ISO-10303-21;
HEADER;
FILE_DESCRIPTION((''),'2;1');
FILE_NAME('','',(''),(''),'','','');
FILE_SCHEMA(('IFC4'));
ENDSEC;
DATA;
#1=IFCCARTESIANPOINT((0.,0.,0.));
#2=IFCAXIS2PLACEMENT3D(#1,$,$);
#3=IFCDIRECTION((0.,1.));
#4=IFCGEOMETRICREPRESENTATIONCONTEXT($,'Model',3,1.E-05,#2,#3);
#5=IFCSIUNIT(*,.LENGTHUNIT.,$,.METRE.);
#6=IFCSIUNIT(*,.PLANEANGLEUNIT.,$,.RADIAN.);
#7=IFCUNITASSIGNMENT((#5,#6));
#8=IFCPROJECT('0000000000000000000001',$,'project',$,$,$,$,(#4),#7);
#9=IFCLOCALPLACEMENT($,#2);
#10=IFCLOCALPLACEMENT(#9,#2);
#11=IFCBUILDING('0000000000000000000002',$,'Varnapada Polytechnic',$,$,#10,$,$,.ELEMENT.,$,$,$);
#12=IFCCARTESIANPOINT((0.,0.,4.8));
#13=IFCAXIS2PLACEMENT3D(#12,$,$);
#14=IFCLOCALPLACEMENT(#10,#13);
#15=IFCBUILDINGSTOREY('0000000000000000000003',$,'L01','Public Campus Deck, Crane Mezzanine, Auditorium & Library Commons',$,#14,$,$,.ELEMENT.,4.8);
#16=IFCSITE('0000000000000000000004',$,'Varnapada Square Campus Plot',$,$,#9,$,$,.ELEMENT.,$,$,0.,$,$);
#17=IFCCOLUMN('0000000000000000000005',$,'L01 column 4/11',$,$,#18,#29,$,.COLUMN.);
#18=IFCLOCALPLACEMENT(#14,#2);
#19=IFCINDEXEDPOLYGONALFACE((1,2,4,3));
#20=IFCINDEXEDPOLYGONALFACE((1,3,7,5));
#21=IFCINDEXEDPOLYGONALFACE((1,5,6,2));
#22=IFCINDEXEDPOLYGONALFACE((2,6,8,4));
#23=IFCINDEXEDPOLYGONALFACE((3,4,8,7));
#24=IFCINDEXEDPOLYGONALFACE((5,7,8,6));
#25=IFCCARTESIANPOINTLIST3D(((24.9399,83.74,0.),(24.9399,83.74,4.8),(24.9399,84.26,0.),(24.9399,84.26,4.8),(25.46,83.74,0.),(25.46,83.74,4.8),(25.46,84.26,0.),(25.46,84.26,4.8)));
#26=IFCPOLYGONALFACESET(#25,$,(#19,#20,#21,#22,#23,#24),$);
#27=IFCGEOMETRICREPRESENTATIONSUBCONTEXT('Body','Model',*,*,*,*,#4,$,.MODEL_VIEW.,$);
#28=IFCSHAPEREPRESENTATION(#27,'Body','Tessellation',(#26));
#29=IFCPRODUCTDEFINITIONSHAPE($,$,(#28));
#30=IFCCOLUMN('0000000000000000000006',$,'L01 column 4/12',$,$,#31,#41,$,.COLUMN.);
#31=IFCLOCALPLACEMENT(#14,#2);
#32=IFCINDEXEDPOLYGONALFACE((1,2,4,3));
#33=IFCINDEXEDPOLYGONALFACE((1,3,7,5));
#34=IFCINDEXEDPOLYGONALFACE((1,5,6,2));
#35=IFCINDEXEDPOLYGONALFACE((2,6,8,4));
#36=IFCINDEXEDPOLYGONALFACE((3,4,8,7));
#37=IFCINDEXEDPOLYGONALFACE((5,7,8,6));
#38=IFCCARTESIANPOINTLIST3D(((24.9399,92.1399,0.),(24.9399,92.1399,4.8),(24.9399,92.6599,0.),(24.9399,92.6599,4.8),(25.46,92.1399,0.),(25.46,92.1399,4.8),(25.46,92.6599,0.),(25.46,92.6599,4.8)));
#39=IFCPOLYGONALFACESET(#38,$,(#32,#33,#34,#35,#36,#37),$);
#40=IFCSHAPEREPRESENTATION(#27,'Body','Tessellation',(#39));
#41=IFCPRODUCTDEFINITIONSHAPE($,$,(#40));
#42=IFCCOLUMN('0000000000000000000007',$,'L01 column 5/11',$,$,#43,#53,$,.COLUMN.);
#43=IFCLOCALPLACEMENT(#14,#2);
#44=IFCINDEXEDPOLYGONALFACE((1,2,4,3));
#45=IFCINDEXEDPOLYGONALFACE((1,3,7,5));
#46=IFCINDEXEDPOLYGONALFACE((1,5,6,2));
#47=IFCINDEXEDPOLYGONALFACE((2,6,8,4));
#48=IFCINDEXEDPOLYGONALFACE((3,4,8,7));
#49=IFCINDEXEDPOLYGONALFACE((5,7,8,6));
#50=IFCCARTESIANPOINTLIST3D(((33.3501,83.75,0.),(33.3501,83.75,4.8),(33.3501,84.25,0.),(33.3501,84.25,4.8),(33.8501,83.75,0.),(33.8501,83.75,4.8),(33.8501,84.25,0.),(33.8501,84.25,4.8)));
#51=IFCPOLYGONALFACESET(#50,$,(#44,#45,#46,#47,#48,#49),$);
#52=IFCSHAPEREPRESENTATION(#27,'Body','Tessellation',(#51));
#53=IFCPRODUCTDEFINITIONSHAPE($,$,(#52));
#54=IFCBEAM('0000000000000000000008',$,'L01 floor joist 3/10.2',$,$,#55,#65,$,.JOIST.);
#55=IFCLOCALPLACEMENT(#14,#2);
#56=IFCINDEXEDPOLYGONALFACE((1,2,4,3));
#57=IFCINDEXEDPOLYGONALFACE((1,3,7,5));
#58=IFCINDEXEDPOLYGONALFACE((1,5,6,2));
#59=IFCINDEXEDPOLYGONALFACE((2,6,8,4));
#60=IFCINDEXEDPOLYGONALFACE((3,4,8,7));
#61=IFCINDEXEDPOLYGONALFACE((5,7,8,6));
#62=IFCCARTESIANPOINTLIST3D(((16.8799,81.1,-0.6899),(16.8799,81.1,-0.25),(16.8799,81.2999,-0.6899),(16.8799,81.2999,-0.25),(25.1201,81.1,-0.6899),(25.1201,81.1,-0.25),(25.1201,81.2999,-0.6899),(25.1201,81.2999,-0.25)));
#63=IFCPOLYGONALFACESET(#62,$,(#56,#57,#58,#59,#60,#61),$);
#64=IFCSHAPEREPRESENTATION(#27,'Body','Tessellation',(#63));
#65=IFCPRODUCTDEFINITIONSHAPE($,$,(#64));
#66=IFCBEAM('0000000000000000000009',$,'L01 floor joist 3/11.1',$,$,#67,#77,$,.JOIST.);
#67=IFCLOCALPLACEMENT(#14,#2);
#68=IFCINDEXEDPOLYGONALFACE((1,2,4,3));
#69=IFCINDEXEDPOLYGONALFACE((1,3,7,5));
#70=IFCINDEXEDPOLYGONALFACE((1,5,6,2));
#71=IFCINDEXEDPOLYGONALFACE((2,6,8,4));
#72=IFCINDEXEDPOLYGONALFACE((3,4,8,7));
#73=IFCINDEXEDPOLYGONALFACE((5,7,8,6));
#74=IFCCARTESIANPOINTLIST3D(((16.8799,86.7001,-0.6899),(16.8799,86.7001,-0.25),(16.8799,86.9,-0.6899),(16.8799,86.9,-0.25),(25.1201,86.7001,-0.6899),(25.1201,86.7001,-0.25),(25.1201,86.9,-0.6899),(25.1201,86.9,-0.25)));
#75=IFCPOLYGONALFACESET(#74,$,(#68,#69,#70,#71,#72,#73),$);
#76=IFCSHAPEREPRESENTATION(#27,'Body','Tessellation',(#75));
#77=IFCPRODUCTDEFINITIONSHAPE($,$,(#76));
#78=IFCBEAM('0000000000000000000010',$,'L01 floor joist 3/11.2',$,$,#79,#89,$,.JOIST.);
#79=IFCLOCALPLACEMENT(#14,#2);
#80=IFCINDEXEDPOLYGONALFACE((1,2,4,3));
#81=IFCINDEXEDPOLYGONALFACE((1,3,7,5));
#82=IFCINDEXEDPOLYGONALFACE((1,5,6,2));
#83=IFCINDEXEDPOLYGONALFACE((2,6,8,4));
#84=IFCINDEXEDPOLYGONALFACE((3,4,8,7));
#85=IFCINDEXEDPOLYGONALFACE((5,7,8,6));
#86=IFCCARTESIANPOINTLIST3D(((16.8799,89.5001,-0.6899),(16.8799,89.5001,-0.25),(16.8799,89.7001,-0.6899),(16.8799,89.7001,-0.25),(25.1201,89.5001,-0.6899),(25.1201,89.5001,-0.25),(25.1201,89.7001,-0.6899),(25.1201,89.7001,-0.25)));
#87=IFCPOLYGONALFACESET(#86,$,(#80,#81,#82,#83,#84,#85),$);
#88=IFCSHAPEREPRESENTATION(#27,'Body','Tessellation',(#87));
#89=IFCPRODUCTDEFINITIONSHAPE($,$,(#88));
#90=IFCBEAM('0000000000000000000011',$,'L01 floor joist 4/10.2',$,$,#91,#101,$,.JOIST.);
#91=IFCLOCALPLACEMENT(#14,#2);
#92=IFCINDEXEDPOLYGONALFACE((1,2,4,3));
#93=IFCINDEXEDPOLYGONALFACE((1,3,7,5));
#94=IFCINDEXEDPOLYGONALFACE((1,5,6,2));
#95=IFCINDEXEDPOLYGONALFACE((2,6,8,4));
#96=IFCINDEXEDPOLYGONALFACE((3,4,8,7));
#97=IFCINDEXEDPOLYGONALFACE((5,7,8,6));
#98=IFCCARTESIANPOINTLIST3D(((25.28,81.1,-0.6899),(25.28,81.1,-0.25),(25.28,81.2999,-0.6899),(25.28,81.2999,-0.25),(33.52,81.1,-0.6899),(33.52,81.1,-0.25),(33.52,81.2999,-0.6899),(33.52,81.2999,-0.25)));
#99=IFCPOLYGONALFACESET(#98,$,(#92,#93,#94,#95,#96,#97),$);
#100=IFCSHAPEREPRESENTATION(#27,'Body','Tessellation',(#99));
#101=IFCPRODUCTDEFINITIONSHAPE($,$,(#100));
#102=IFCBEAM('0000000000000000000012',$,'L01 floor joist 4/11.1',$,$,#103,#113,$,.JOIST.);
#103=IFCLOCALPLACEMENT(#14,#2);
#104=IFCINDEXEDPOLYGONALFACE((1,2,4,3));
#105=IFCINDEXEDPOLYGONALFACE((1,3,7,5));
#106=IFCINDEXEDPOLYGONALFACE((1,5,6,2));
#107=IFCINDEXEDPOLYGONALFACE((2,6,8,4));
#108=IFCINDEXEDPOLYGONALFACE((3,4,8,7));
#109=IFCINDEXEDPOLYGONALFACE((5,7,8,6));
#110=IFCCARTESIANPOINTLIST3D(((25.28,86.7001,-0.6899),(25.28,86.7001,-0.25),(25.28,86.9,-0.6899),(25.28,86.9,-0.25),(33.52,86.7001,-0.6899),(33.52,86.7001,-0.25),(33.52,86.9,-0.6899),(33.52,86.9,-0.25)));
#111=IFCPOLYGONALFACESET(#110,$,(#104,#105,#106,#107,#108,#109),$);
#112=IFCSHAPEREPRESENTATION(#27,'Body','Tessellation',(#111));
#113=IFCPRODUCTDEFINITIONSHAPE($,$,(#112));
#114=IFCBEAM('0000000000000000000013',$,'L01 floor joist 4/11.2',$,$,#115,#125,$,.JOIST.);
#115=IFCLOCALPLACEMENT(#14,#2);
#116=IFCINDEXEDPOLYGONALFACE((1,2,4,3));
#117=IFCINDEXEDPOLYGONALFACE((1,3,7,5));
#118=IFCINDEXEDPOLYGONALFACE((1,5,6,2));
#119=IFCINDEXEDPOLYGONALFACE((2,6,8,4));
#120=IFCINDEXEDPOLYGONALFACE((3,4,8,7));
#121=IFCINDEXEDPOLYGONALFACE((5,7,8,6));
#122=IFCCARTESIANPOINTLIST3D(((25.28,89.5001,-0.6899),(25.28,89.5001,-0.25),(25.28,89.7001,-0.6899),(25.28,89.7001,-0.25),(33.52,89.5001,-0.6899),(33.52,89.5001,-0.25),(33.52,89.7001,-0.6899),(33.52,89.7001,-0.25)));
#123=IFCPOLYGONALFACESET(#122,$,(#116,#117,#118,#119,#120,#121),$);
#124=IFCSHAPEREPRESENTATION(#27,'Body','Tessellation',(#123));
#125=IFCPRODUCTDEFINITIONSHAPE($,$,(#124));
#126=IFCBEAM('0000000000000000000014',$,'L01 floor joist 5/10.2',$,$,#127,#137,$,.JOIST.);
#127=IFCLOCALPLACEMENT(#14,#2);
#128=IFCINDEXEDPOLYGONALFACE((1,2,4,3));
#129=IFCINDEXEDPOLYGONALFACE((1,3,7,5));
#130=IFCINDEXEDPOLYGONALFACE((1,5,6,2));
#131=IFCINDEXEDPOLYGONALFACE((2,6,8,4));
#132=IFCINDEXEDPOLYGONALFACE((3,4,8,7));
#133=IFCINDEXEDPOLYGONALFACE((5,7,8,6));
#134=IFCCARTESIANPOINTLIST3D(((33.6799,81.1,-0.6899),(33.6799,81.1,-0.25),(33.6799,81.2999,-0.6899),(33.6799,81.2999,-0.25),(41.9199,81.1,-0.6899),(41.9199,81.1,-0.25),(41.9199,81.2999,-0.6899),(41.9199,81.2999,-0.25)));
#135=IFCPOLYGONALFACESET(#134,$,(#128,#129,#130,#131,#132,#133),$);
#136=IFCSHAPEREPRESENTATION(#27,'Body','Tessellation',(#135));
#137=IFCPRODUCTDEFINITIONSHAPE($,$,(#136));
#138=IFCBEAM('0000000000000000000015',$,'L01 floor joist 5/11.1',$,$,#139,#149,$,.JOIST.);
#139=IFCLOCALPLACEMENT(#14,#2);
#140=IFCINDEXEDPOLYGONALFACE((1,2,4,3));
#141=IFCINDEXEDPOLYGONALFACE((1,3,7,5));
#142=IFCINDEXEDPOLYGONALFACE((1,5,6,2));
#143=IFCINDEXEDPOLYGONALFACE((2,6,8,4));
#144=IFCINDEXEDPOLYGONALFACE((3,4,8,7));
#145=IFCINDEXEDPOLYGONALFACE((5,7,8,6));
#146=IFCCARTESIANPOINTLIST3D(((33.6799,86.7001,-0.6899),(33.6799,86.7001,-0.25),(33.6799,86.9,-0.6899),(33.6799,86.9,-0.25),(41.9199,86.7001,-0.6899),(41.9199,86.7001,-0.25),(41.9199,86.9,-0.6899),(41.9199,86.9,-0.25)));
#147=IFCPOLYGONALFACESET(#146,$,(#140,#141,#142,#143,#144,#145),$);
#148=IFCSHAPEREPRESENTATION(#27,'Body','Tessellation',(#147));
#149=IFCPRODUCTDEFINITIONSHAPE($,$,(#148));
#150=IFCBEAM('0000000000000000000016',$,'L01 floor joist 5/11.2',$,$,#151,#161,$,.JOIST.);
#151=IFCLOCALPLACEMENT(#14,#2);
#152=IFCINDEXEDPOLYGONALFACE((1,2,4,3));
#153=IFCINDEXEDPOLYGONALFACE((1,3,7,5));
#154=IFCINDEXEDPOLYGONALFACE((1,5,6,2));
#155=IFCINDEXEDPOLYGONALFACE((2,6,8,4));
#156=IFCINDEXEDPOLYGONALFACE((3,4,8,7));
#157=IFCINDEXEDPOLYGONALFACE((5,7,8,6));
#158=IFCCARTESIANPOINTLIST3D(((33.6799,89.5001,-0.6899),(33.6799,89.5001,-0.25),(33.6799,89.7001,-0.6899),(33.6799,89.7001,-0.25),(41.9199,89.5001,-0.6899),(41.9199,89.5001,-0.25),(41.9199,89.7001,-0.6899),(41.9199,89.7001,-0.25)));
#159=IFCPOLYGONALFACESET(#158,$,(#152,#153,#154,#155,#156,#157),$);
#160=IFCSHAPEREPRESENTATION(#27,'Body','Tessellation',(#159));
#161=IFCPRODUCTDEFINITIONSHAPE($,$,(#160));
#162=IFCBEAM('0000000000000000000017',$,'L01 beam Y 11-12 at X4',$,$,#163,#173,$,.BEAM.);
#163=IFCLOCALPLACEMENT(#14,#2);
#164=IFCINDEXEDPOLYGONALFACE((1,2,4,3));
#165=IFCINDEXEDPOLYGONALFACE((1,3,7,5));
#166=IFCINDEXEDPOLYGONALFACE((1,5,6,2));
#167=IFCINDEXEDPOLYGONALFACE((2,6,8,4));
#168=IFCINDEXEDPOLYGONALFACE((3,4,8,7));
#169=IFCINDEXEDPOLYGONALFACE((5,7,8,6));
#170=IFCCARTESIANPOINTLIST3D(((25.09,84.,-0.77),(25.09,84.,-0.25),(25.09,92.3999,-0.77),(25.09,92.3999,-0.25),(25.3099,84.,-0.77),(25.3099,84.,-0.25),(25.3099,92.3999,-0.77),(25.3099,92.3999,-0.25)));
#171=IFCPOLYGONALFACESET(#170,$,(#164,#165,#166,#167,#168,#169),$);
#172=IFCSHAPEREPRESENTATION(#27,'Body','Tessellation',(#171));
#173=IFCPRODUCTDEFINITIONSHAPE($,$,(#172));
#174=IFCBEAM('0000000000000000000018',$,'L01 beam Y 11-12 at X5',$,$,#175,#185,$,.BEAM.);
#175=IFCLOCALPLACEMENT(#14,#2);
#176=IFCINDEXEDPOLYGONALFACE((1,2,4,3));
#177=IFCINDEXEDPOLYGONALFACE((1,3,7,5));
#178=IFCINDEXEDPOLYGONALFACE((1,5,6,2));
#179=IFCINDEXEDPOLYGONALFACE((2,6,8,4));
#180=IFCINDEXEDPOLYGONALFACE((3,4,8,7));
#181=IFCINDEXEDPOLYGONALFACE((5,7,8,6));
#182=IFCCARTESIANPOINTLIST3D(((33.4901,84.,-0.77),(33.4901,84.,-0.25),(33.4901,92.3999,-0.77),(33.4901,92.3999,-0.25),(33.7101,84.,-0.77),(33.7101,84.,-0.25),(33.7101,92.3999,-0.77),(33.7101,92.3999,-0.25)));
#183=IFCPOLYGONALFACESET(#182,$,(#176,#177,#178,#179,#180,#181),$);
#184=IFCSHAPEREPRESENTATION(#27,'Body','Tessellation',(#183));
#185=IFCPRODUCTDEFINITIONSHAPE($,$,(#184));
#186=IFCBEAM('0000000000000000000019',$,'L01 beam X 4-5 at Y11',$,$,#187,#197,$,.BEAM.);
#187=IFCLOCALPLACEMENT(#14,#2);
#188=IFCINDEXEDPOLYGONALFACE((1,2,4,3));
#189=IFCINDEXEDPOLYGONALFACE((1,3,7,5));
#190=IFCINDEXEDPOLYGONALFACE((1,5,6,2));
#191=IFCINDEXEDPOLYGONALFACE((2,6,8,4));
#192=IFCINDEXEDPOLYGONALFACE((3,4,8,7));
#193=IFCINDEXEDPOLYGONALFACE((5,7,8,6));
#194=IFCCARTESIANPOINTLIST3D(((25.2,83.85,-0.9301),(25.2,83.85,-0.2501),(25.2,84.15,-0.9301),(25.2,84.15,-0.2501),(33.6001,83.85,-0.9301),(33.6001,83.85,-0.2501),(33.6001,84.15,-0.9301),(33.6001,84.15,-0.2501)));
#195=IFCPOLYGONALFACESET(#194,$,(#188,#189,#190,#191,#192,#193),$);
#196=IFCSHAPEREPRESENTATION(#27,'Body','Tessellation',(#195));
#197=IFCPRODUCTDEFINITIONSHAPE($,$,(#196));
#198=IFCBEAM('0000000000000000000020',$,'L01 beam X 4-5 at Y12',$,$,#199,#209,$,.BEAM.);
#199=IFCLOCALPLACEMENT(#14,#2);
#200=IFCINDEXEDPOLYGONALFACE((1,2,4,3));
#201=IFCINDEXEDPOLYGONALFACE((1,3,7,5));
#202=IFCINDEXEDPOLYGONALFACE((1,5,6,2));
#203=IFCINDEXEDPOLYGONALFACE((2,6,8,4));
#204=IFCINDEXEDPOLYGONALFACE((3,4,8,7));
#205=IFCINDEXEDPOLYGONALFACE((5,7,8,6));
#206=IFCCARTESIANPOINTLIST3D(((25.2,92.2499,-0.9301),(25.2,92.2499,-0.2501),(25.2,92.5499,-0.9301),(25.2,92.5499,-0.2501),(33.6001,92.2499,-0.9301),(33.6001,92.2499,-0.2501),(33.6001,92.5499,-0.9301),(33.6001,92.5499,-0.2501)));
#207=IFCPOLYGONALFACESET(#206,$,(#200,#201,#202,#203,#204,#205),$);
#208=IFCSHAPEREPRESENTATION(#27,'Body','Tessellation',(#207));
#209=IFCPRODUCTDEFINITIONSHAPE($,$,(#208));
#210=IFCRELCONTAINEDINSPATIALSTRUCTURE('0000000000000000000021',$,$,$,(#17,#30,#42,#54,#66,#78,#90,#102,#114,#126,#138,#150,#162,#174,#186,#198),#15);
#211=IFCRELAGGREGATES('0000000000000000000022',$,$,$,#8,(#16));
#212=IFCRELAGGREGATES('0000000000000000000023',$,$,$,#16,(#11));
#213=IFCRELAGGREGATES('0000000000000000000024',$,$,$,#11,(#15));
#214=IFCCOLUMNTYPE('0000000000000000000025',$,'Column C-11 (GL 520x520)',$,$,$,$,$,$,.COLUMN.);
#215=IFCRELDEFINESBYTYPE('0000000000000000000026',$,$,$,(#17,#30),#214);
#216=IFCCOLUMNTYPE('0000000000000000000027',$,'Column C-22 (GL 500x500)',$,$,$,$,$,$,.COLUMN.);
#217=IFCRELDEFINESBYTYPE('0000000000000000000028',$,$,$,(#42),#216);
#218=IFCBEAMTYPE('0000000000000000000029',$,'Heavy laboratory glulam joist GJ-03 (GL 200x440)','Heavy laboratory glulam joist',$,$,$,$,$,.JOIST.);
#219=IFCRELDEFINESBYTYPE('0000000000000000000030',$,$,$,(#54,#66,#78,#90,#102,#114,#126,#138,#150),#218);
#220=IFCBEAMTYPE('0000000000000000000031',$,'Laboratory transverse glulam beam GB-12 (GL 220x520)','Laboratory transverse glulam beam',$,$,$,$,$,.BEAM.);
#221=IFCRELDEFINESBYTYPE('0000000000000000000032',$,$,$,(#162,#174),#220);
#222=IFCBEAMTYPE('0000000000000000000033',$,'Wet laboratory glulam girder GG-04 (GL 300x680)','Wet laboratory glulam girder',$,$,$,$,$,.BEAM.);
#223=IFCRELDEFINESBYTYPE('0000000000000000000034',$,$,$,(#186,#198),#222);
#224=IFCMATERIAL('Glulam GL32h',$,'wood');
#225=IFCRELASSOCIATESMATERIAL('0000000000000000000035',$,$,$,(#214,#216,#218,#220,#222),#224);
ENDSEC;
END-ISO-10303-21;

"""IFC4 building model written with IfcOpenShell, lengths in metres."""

from ifc_helpers import new_model, si_unit, direction, frame, origin, origin_2d, place, context, subcontext, project, spatial, rectangle, extrude, material, material_profile, profile_set, type_object, element, save


model = new_model("IFC4")

# Units and contexts
model_context = context("Model", 3, precision=1e-05, world=origin(), true_north=direction((0.0, 1.0)))
body_context = subcontext(model_context, "Body", "Model", "MODEL_VIEW")
ifc_project = project(units=[si_unit("LENGTHUNIT", "METRE"), si_unit("PLANEANGLEUNIT", "RADIAN")], contexts=[model_context])

# Site, building, storey
site_placement = place(None, origin())
site = spatial("IfcSite", under=ifc_project, at=site_placement, Name="Varnapada Square Campus Plot", CompositionType="ELEMENT", RefElevation=0.0)
building_placement = place(site_placement, origin())
building = spatial("IfcBuilding", under=site, at=building_placement, Name="Varnapada Polytechnic", CompositionType="ELEMENT")
storey_placement = place(building_placement, frame((0.0, 0.0, 4.8)))
storey = spatial("IfcBuildingStorey", under=building, at=storey_placement, Name="L01", Description="Public Campus Deck, Crane Mezzanine, Auditorium & Library Commons", CompositionType="ELEMENT", Elevation=4.8)

# Columns
ifc_material_1 = material(Name="Glulam GL32h", Category="wood")
ifc_material_profile_1 = material_profile(ifc_material_1, rectangle(XDim=0.52, YDim=0.52, at=origin_2d()), Name="GL 520x520")
ifc_profile_set_1 = profile_set([ifc_material_profile_1], Name="Glulam GL32h")
column_type_1 = type_object("IfcColumnType", Name="Column C-11 (GL 520x520)", PredefinedType="COLUMN", material=ifc_profile_set_1)
for number, where, z_axis, x_axis, name in (
    (1, (25.2, 84.0, 0.0), (0.0, 0.0, 1.0), (1.0, 0.0, 0.0), "L01 column 4/11"),
    (2, (25.2, 92.3999, 0.0), (0.0, 0.0, 1.0), (1.0, 0.0, 0.0), "L01 column 4/12"),
):
    element("IfcColumn", number, at=place(storey_placement, frame(where, z_axis=z_axis, x_axis=x_axis)), inside=storey, type_object=column_type_1, Name=name, PredefinedType="COLUMN", context=body_context, shape_type="SweptSolid", body=[
        extrude(rectangle(XDim=0.52, YDim=0.52, at=origin_2d()), origin(), (0.0, 0.0, 1.0), 4.8),
    ])
ifc_material_profile_2 = material_profile(ifc_material_1, rectangle(XDim=0.5, YDim=0.5, at=origin_2d()), Name="GL 500x500")
ifc_profile_set_2 = profile_set([ifc_material_profile_2], Name="Glulam GL32h")
column_type_2 = type_object("IfcColumnType", Name="Column C-22 (GL 500x500)", PredefinedType="COLUMN", material=ifc_profile_set_2)
column_placement = place(storey_placement, frame((33.6001, 84.0, 0.0), z_axis=(0.0, 0.0, 1.0), x_axis=(1.0, 0.0, 0.0)))
element("IfcColumn", 3, at=column_placement, inside=storey, type_object=column_type_2, Name="L01 column 5/11", PredefinedType="COLUMN", context=body_context, shape_type="SweptSolid", body=[
    extrude(rectangle(XDim=0.5, YDim=0.5, at=origin_2d()), origin(), (0.0, 0.0, 1.0), 4.8),
])

# Beams
ifc_material_profile_3 = material_profile(ifc_material_1, rectangle(XDim=0.2, YDim=0.4399, at=origin_2d()), Name="GL 200x440")
ifc_profile_set_3 = profile_set([ifc_material_profile_3], Name="Glulam GL32h")
beam_type_1 = type_object("IfcBeamType", Name="Heavy laboratory glulam joist GJ-03 (GL 200x440)", Description="Heavy laboratory glulam joist", PredefinedType="JOIST", material=ifc_profile_set_3)
for number, where, z_axis, x_axis, name in (
    (4, (16.8799, 81.2, -0.47), (1.0, 0.0, 0.0), (0.0, 1.0, 0.0), "L01 floor joist 3/10.2"),
    (5, (16.8799, 86.8, -0.47), (1.0, 0.0, 0.0), (0.0, 1.0, 0.0), "L01 floor joist 3/11.1"),
    (6, (16.8799, 89.6001, -0.47), (1.0, 0.0, 0.0), (0.0, 1.0, 0.0), "L01 floor joist 3/11.2"),
):
    element("IfcBeam", number, at=place(storey_placement, frame(where, z_axis=z_axis, x_axis=x_axis)), inside=storey, type_object=beam_type_1, Name=name, PredefinedType="JOIST", context=body_context, shape_type="SweptSolid", body=[
        extrude(rectangle(XDim=0.2, YDim=0.4399, at=origin_2d()), origin(), (0.0, 0.0, 1.0), 8.2402),
    ])
for number, where, z_axis, x_axis, name in (
    (7, (25.28, 81.2, -0.47), (1.0, 0.0, 0.0), (0.0, 1.0, 0.0), "L01 floor joist 4/10.2"),
    (8, (25.28, 86.8, -0.47), (1.0, 0.0, 0.0), (0.0, 1.0, 0.0), "L01 floor joist 4/11.1"),
    (9, (25.28, 89.6001, -0.47), (1.0, 0.0, 0.0), (0.0, 1.0, 0.0), "L01 floor joist 4/11.2"),
    (10, (33.6799, 81.2, -0.47), (1.0, 0.0, 0.0), (0.0, 1.0, 0.0), "L01 floor joist 5/10.2"),
    (11, (33.6799, 86.8, -0.47), (1.0, 0.0, 0.0), (0.0, 1.0, 0.0), "L01 floor joist 5/11.1"),
    (12, (33.6799, 89.6001, -0.47), (1.0, 0.0, 0.0), (0.0, 1.0, 0.0), "L01 floor joist 5/11.2"),
):
    element("IfcBeam", number, at=place(storey_placement, frame(where, z_axis=z_axis, x_axis=x_axis)), inside=storey, type_object=beam_type_1, Name=name, PredefinedType="JOIST", context=body_context, shape_type="SweptSolid", body=[
        extrude(rectangle(XDim=0.2, YDim=0.4399, at=origin_2d()), origin(), (0.0, 0.0, 1.0), 8.24),
    ])
ifc_material_profile_4 = material_profile(ifc_material_1, rectangle(XDim=0.22, YDim=0.52, at=origin_2d()), Name="GL 220x520")
ifc_profile_set_4 = profile_set([ifc_material_profile_4], Name="Glulam GL32h")
beam_type_2 = type_object("IfcBeamType", Name="Laboratory transverse glulam beam GB-12 (GL 220x520)", Description="Laboratory transverse glulam beam", PredefinedType="BEAM", material=ifc_profile_set_4)
for number, where, z_axis, x_axis, name in (
    (13, (25.2, 84.0, -0.51), (0.0, 1.0, 0.0), (-1.0, 0.0, 0.0), "L01 beam Y 11-12 at X4"),
    (14, (33.6001, 84.0, -0.51), (0.0, 1.0, 0.0), (-1.0, 0.0, 0.0), "L01 beam Y 11-12 at X5"),
):
    element("IfcBeam", number, at=place(storey_placement, frame(where, z_axis=z_axis, x_axis=x_axis)), inside=storey, type_object=beam_type_2, Name=name, PredefinedType="BEAM", context=body_context, shape_type="SweptSolid", body=[
        extrude(rectangle(XDim=0.22, YDim=0.52, at=origin_2d()), origin(), (0.0, 0.0, 1.0), 8.3999),
    ])
ifc_material_profile_5 = material_profile(ifc_material_1, rectangle(XDim=0.3, YDim=0.6799, at=origin_2d()), Name="GL 300x680")
ifc_profile_set_5 = profile_set([ifc_material_profile_5], Name="Glulam GL32h")
beam_type_3 = type_object("IfcBeamType", Name="Wet laboratory glulam girder GG-04 (GL 300x680)", Description="Wet laboratory glulam girder", PredefinedType="BEAM", material=ifc_profile_set_5)
for number, where, z_axis, x_axis, name in (
    (15, (25.2, 84.0, -0.5901), (1.0, 0.0, 0.0), (0.0, 1.0, 0.0), "L01 beam X 4-5 at Y11"),
    (16, (25.2, 92.3999, -0.5901), (1.0, 0.0, 0.0), (0.0, 1.0, 0.0), "L01 beam X 4-5 at Y12"),
):
    element("IfcBeam", number, at=place(storey_placement, frame(where, z_axis=z_axis, x_axis=x_axis)), inside=storey, type_object=beam_type_3, Name=name, PredefinedType="BEAM", context=body_context, shape_type="SweptSolid", body=[
        extrude(rectangle(XDim=0.3, YDim=0.6799, at=origin_2d()), origin(), (0.0, 0.0, 1.0), 8.4001),
    ])

save(model, "model.ifc")
